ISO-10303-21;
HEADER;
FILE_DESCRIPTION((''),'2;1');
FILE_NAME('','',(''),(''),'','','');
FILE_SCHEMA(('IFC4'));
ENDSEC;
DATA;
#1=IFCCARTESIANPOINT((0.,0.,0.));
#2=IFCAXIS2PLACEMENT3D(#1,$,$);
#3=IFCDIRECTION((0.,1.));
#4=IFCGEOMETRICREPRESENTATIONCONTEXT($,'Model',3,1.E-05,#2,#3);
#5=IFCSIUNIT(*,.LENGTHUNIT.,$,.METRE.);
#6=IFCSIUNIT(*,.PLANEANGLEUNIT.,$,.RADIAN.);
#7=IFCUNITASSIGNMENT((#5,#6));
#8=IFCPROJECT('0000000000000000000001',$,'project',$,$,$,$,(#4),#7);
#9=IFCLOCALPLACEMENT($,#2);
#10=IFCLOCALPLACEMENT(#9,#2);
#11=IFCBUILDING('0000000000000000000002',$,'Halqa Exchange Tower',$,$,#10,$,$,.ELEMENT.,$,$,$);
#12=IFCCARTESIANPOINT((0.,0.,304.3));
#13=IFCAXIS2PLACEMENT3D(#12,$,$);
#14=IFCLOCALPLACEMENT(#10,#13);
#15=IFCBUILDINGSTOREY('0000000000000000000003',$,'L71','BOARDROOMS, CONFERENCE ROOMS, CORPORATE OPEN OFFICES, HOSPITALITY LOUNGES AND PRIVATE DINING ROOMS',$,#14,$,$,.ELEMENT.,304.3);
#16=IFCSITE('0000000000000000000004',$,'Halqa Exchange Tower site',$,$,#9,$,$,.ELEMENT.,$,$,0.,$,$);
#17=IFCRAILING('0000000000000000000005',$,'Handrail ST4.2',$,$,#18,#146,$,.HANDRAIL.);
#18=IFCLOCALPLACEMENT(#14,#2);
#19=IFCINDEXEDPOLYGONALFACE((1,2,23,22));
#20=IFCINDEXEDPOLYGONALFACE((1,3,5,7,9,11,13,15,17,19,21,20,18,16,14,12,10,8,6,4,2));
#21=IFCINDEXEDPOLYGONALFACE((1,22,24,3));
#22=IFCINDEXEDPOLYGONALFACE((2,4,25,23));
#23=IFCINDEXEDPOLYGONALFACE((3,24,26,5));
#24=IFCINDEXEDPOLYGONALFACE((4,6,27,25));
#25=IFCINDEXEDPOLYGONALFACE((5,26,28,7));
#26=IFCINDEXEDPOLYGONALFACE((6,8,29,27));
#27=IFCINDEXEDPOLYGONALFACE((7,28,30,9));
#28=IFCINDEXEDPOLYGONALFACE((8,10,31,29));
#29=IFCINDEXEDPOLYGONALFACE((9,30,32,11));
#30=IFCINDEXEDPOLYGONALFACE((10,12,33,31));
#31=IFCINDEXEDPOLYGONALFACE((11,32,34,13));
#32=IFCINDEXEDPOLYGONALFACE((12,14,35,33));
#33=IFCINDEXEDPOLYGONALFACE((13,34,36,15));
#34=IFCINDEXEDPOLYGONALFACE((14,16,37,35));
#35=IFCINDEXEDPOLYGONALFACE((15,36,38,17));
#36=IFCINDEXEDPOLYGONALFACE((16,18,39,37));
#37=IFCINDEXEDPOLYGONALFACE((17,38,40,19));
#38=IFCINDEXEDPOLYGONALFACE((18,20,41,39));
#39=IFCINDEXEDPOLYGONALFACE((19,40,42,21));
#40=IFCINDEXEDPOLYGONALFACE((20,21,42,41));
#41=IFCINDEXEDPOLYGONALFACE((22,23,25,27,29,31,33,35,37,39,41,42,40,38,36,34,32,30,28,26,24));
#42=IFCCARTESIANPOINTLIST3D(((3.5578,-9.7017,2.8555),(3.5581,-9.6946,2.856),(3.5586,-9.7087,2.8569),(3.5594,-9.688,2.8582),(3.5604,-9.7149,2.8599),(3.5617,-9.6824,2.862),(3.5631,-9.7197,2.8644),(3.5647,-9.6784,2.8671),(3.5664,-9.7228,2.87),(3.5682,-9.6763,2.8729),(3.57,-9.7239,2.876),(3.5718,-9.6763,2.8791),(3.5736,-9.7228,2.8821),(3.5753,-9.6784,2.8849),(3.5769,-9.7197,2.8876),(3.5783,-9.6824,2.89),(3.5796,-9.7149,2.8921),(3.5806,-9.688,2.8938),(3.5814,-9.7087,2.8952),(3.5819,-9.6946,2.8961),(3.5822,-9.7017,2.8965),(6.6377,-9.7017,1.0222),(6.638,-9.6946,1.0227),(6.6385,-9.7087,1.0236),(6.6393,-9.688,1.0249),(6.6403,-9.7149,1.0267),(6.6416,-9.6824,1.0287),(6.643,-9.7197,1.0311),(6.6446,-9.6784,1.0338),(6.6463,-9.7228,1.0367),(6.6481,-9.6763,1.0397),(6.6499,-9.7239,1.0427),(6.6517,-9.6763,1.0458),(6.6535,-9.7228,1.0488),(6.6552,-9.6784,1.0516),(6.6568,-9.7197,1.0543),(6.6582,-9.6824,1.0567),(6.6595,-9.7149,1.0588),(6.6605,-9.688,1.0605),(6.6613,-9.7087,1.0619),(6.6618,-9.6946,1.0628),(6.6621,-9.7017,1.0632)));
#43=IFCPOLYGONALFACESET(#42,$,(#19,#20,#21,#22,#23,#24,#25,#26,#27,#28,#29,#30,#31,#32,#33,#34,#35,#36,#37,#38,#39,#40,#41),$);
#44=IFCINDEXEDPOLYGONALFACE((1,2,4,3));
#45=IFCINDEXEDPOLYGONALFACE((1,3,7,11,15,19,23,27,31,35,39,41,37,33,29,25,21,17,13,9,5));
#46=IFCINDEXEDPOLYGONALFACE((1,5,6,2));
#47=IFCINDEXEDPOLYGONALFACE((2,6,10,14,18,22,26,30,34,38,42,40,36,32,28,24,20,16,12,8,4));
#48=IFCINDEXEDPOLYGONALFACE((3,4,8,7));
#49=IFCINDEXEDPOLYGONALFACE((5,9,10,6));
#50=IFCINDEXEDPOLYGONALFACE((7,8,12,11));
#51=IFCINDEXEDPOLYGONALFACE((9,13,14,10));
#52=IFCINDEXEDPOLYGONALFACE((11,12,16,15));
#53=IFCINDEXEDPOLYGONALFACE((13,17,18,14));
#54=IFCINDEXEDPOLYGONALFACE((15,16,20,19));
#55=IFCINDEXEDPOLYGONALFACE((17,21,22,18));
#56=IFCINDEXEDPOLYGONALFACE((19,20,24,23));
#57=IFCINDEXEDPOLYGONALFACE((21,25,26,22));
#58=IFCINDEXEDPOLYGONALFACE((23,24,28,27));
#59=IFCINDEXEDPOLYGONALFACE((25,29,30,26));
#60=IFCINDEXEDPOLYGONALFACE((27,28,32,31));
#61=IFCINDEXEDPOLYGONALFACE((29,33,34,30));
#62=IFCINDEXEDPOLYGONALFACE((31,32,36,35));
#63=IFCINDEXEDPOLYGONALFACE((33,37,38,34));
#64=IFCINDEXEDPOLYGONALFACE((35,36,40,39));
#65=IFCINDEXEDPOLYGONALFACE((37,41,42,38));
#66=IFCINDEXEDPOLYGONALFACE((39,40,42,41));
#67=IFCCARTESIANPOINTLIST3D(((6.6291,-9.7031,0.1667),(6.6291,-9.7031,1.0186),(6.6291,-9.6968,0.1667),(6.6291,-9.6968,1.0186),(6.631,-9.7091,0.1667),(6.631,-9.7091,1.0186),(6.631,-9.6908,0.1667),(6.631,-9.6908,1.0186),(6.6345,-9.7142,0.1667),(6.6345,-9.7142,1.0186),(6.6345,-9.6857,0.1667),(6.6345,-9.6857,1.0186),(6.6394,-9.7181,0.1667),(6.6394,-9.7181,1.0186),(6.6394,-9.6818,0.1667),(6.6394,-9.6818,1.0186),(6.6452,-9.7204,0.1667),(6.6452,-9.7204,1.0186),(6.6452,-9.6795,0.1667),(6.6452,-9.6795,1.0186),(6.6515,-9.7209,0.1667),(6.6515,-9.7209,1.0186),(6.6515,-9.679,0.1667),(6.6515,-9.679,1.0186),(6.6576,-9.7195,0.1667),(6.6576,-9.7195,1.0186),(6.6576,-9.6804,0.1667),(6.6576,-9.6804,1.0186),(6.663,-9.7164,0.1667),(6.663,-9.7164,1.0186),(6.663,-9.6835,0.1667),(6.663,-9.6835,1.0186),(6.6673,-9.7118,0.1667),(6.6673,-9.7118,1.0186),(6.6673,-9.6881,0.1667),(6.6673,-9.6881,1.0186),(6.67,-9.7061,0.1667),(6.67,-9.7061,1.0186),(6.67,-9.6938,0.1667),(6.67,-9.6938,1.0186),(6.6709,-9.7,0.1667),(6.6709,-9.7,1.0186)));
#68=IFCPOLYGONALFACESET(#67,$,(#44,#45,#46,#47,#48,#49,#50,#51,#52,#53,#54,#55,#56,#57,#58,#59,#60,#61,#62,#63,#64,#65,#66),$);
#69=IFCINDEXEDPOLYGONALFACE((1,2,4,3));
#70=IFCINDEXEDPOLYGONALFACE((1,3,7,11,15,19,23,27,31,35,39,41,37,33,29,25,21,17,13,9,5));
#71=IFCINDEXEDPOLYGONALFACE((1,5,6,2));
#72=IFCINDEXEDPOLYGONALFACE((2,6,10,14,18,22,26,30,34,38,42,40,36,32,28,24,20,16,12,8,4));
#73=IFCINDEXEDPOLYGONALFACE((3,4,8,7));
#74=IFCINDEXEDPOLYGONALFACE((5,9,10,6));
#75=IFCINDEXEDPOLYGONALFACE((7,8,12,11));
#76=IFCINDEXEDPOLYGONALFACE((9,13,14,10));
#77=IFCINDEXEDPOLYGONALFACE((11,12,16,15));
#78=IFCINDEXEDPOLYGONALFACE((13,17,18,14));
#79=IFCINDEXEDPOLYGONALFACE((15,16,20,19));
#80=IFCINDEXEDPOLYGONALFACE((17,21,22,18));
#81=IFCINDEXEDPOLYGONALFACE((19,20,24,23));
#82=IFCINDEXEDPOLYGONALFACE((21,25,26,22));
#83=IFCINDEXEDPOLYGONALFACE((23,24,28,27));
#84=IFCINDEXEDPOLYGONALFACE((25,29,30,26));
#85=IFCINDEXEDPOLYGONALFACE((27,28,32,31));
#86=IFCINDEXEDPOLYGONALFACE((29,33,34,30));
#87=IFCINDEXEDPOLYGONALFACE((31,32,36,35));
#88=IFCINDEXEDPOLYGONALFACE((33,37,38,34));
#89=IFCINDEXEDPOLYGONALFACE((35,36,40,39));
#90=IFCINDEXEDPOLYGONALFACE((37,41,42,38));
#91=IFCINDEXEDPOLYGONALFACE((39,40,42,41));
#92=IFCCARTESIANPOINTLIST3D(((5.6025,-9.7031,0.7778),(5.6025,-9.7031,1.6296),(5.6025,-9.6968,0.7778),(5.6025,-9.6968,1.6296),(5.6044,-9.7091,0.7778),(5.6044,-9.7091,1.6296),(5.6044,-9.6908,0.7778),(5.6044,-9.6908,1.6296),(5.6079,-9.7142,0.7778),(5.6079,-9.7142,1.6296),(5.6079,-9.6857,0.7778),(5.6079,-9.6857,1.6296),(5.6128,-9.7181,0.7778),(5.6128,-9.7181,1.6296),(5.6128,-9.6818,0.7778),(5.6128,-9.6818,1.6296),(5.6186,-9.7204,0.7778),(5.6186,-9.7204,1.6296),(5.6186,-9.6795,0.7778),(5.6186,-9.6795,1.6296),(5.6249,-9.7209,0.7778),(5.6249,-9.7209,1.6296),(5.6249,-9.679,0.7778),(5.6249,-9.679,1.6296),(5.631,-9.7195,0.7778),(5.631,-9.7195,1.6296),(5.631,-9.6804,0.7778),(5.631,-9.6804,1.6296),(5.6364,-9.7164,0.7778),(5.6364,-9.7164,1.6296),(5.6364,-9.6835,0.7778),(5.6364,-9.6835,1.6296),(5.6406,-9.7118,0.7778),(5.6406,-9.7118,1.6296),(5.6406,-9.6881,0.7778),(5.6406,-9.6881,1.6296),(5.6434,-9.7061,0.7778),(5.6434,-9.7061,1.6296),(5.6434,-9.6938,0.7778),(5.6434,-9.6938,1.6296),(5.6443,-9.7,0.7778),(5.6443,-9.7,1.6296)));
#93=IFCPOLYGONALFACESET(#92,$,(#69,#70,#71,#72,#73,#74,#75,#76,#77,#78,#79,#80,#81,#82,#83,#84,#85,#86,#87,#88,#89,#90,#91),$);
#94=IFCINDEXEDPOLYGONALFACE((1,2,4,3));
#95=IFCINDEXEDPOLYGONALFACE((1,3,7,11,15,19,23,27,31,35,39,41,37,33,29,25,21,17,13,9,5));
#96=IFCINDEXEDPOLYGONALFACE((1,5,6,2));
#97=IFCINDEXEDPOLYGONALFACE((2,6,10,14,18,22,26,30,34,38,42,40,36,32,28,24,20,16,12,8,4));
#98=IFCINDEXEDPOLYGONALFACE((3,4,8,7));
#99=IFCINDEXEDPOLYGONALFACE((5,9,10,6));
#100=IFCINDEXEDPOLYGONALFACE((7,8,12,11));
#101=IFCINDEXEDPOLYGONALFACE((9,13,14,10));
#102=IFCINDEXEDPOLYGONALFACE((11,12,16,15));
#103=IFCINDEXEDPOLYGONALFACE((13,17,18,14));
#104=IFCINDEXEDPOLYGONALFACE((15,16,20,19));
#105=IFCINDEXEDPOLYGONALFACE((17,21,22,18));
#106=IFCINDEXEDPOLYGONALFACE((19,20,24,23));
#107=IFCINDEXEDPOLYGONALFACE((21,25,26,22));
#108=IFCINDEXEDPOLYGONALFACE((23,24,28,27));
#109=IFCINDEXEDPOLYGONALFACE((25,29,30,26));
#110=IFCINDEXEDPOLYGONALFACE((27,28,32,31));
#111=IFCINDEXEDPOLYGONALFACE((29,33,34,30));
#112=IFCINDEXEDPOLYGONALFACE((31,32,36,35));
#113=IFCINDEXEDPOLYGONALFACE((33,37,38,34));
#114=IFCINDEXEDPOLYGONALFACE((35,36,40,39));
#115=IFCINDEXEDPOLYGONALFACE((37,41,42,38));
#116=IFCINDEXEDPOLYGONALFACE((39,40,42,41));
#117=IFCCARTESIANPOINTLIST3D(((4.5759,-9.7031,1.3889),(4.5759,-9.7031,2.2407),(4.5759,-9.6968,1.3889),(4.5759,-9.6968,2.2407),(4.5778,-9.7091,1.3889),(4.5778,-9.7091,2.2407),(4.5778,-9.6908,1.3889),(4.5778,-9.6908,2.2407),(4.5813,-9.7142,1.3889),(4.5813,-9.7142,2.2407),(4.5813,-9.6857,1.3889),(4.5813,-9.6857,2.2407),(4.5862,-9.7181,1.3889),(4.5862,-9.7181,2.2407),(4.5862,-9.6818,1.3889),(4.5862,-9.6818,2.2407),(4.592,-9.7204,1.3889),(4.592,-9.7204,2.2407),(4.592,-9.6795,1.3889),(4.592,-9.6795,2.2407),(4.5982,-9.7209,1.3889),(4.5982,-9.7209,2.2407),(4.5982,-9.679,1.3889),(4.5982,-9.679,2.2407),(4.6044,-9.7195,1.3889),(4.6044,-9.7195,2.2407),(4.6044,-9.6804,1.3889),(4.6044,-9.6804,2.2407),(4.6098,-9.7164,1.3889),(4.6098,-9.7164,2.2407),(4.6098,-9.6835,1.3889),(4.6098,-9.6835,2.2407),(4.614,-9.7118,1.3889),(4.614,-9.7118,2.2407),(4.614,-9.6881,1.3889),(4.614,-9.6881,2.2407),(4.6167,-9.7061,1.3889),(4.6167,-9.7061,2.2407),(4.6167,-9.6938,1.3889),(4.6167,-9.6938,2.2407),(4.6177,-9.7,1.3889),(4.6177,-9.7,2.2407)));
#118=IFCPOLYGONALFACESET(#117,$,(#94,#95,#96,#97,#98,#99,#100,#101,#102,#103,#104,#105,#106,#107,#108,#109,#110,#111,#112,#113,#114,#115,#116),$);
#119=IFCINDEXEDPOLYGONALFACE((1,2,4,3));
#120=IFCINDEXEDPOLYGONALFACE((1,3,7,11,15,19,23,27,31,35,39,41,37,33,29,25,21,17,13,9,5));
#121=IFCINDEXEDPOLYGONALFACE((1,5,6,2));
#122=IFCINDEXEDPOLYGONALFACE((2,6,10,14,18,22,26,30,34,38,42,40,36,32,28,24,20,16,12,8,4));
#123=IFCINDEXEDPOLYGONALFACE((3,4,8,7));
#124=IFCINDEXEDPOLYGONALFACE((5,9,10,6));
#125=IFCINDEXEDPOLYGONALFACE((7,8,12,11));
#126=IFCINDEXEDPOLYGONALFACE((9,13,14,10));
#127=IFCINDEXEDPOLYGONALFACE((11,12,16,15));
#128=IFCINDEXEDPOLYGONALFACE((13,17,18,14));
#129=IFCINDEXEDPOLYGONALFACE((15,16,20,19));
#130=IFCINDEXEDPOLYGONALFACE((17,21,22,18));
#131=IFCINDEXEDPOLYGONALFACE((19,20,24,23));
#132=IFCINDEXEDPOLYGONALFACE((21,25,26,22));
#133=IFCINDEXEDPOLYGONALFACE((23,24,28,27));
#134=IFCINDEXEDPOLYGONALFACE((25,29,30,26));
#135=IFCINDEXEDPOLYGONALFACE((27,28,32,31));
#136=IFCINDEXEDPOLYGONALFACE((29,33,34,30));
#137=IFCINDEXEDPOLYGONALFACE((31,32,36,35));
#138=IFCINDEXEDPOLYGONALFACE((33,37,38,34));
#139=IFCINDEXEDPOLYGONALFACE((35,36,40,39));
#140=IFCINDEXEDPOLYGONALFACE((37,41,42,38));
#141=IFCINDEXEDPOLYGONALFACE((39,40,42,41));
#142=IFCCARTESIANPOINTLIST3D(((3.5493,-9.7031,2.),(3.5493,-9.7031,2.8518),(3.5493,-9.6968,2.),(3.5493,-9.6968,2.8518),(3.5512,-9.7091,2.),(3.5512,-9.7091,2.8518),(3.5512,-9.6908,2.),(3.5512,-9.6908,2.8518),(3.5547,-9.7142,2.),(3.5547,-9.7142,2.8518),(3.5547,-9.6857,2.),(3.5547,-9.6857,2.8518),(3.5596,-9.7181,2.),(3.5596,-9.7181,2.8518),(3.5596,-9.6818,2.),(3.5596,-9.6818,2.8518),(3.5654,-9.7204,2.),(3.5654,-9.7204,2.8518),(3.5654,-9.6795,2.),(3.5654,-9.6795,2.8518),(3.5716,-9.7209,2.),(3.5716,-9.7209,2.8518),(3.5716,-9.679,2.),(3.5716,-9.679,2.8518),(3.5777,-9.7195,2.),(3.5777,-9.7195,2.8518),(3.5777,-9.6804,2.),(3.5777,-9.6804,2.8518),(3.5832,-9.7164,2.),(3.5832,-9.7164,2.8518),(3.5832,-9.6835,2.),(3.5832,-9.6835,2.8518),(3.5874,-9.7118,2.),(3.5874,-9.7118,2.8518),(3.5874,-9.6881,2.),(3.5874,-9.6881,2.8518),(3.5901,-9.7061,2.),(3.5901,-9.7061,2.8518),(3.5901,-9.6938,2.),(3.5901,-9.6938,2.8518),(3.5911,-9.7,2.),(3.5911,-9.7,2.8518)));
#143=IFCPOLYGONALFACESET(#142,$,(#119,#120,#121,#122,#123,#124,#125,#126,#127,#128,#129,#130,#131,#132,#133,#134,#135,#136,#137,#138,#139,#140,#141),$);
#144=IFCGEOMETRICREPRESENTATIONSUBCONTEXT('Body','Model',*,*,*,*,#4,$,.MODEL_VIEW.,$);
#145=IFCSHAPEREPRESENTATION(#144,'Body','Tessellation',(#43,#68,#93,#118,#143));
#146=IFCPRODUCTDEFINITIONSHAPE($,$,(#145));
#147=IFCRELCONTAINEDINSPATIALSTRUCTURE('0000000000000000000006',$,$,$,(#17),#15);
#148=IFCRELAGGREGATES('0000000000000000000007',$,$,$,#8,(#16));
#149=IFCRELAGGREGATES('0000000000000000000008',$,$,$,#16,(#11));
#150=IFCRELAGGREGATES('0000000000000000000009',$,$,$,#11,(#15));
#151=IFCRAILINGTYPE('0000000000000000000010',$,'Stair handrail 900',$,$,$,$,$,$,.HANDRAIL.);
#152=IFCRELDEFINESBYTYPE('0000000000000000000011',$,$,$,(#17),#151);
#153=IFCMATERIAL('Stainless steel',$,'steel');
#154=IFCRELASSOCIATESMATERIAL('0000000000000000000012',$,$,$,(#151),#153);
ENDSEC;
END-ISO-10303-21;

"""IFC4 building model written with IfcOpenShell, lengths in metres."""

from ifc_helpers import new_model, si_unit, direction, frame, origin, origin_2d, place, context, subcontext, project, spatial, circle, extrude, material, type_object, element, save


model = new_model("IFC4")

# Units and contexts
model_context = context("Model", 3, precision=1e-05, world=origin(), true_north=direction((0.0, 1.0)))
body_context = subcontext(model_context, "Body", "Model", "MODEL_VIEW")
ifc_project = project(units=[si_unit("LENGTHUNIT", "METRE"), si_unit("PLANEANGLEUNIT", "RADIAN")], contexts=[model_context])

# Site, building, storey
site_placement = place(None, origin())
site = spatial("IfcSite", under=ifc_project, at=site_placement, Name="Halqa Exchange Tower site", CompositionType="ELEMENT", RefElevation=0.0)
building_placement = place(site_placement, origin())
building = spatial("IfcBuilding", under=site, at=building_placement, Name="Halqa Exchange Tower", CompositionType="ELEMENT")
storey_placement = place(building_placement, frame((0.0, 0.0, 304.3)))
storey = spatial("IfcBuildingStorey", under=building, at=storey_placement, Name="L71", Description="BOARDROOMS, CONFERENCE ROOMS, CORPORATE OPEN OFFICES, HOSPITALITY LOUNGES AND PRIVATE DINING ROOMS", CompositionType="ELEMENT", Elevation=304.3)

# Railing
ifc_material_1 = material(Name="Stainless steel", Category="steel")
railing_type_1 = type_object("IfcRailingType", Name="Stair handrail 900", PredefinedType="HANDRAIL", material=ifc_material_1)
railing_1_placement = place(storey_placement, frame((6.6499, -9.7, 0.1667)))
element("IfcRailing", 1, at=railing_1_placement, inside=storey, type_object=railing_type_1, Name="Handrail ST4.2", PredefinedType="HANDRAIL", context=body_context, shape_type="SweptSolid", body=[
    extrude(circle(Radius=0.0239, at=origin_2d()), frame((0.0, 0.0, 0.876), z_axis=(-0.859291, 0.0, 0.511487), x_axis=(0.0, -1.0, 0.0)), (0.0, 0.0, 1.0), 3.5842),
    extrude(circle(Radius=0.021, at=origin_2d()), origin(), (0.0, 0.0, 1.0), 0.8518),
    extrude(circle(Radius=0.021, at=origin_2d()), frame((-1.0266, 0.0, 0.6111)), (0.0, 0.0, 1.0), 0.8518),
    extrude(circle(Radius=0.021, at=origin_2d()), frame((-2.0532, 0.0, 1.2222)), (0.0, 0.0, 1.0), 0.8518),
    extrude(circle(Radius=0.021, at=origin_2d()), frame((-3.0798, 0.0, 1.8333)), (0.0, 0.0, 1.0), 0.8518),
])

save(model, "model.ifc")
